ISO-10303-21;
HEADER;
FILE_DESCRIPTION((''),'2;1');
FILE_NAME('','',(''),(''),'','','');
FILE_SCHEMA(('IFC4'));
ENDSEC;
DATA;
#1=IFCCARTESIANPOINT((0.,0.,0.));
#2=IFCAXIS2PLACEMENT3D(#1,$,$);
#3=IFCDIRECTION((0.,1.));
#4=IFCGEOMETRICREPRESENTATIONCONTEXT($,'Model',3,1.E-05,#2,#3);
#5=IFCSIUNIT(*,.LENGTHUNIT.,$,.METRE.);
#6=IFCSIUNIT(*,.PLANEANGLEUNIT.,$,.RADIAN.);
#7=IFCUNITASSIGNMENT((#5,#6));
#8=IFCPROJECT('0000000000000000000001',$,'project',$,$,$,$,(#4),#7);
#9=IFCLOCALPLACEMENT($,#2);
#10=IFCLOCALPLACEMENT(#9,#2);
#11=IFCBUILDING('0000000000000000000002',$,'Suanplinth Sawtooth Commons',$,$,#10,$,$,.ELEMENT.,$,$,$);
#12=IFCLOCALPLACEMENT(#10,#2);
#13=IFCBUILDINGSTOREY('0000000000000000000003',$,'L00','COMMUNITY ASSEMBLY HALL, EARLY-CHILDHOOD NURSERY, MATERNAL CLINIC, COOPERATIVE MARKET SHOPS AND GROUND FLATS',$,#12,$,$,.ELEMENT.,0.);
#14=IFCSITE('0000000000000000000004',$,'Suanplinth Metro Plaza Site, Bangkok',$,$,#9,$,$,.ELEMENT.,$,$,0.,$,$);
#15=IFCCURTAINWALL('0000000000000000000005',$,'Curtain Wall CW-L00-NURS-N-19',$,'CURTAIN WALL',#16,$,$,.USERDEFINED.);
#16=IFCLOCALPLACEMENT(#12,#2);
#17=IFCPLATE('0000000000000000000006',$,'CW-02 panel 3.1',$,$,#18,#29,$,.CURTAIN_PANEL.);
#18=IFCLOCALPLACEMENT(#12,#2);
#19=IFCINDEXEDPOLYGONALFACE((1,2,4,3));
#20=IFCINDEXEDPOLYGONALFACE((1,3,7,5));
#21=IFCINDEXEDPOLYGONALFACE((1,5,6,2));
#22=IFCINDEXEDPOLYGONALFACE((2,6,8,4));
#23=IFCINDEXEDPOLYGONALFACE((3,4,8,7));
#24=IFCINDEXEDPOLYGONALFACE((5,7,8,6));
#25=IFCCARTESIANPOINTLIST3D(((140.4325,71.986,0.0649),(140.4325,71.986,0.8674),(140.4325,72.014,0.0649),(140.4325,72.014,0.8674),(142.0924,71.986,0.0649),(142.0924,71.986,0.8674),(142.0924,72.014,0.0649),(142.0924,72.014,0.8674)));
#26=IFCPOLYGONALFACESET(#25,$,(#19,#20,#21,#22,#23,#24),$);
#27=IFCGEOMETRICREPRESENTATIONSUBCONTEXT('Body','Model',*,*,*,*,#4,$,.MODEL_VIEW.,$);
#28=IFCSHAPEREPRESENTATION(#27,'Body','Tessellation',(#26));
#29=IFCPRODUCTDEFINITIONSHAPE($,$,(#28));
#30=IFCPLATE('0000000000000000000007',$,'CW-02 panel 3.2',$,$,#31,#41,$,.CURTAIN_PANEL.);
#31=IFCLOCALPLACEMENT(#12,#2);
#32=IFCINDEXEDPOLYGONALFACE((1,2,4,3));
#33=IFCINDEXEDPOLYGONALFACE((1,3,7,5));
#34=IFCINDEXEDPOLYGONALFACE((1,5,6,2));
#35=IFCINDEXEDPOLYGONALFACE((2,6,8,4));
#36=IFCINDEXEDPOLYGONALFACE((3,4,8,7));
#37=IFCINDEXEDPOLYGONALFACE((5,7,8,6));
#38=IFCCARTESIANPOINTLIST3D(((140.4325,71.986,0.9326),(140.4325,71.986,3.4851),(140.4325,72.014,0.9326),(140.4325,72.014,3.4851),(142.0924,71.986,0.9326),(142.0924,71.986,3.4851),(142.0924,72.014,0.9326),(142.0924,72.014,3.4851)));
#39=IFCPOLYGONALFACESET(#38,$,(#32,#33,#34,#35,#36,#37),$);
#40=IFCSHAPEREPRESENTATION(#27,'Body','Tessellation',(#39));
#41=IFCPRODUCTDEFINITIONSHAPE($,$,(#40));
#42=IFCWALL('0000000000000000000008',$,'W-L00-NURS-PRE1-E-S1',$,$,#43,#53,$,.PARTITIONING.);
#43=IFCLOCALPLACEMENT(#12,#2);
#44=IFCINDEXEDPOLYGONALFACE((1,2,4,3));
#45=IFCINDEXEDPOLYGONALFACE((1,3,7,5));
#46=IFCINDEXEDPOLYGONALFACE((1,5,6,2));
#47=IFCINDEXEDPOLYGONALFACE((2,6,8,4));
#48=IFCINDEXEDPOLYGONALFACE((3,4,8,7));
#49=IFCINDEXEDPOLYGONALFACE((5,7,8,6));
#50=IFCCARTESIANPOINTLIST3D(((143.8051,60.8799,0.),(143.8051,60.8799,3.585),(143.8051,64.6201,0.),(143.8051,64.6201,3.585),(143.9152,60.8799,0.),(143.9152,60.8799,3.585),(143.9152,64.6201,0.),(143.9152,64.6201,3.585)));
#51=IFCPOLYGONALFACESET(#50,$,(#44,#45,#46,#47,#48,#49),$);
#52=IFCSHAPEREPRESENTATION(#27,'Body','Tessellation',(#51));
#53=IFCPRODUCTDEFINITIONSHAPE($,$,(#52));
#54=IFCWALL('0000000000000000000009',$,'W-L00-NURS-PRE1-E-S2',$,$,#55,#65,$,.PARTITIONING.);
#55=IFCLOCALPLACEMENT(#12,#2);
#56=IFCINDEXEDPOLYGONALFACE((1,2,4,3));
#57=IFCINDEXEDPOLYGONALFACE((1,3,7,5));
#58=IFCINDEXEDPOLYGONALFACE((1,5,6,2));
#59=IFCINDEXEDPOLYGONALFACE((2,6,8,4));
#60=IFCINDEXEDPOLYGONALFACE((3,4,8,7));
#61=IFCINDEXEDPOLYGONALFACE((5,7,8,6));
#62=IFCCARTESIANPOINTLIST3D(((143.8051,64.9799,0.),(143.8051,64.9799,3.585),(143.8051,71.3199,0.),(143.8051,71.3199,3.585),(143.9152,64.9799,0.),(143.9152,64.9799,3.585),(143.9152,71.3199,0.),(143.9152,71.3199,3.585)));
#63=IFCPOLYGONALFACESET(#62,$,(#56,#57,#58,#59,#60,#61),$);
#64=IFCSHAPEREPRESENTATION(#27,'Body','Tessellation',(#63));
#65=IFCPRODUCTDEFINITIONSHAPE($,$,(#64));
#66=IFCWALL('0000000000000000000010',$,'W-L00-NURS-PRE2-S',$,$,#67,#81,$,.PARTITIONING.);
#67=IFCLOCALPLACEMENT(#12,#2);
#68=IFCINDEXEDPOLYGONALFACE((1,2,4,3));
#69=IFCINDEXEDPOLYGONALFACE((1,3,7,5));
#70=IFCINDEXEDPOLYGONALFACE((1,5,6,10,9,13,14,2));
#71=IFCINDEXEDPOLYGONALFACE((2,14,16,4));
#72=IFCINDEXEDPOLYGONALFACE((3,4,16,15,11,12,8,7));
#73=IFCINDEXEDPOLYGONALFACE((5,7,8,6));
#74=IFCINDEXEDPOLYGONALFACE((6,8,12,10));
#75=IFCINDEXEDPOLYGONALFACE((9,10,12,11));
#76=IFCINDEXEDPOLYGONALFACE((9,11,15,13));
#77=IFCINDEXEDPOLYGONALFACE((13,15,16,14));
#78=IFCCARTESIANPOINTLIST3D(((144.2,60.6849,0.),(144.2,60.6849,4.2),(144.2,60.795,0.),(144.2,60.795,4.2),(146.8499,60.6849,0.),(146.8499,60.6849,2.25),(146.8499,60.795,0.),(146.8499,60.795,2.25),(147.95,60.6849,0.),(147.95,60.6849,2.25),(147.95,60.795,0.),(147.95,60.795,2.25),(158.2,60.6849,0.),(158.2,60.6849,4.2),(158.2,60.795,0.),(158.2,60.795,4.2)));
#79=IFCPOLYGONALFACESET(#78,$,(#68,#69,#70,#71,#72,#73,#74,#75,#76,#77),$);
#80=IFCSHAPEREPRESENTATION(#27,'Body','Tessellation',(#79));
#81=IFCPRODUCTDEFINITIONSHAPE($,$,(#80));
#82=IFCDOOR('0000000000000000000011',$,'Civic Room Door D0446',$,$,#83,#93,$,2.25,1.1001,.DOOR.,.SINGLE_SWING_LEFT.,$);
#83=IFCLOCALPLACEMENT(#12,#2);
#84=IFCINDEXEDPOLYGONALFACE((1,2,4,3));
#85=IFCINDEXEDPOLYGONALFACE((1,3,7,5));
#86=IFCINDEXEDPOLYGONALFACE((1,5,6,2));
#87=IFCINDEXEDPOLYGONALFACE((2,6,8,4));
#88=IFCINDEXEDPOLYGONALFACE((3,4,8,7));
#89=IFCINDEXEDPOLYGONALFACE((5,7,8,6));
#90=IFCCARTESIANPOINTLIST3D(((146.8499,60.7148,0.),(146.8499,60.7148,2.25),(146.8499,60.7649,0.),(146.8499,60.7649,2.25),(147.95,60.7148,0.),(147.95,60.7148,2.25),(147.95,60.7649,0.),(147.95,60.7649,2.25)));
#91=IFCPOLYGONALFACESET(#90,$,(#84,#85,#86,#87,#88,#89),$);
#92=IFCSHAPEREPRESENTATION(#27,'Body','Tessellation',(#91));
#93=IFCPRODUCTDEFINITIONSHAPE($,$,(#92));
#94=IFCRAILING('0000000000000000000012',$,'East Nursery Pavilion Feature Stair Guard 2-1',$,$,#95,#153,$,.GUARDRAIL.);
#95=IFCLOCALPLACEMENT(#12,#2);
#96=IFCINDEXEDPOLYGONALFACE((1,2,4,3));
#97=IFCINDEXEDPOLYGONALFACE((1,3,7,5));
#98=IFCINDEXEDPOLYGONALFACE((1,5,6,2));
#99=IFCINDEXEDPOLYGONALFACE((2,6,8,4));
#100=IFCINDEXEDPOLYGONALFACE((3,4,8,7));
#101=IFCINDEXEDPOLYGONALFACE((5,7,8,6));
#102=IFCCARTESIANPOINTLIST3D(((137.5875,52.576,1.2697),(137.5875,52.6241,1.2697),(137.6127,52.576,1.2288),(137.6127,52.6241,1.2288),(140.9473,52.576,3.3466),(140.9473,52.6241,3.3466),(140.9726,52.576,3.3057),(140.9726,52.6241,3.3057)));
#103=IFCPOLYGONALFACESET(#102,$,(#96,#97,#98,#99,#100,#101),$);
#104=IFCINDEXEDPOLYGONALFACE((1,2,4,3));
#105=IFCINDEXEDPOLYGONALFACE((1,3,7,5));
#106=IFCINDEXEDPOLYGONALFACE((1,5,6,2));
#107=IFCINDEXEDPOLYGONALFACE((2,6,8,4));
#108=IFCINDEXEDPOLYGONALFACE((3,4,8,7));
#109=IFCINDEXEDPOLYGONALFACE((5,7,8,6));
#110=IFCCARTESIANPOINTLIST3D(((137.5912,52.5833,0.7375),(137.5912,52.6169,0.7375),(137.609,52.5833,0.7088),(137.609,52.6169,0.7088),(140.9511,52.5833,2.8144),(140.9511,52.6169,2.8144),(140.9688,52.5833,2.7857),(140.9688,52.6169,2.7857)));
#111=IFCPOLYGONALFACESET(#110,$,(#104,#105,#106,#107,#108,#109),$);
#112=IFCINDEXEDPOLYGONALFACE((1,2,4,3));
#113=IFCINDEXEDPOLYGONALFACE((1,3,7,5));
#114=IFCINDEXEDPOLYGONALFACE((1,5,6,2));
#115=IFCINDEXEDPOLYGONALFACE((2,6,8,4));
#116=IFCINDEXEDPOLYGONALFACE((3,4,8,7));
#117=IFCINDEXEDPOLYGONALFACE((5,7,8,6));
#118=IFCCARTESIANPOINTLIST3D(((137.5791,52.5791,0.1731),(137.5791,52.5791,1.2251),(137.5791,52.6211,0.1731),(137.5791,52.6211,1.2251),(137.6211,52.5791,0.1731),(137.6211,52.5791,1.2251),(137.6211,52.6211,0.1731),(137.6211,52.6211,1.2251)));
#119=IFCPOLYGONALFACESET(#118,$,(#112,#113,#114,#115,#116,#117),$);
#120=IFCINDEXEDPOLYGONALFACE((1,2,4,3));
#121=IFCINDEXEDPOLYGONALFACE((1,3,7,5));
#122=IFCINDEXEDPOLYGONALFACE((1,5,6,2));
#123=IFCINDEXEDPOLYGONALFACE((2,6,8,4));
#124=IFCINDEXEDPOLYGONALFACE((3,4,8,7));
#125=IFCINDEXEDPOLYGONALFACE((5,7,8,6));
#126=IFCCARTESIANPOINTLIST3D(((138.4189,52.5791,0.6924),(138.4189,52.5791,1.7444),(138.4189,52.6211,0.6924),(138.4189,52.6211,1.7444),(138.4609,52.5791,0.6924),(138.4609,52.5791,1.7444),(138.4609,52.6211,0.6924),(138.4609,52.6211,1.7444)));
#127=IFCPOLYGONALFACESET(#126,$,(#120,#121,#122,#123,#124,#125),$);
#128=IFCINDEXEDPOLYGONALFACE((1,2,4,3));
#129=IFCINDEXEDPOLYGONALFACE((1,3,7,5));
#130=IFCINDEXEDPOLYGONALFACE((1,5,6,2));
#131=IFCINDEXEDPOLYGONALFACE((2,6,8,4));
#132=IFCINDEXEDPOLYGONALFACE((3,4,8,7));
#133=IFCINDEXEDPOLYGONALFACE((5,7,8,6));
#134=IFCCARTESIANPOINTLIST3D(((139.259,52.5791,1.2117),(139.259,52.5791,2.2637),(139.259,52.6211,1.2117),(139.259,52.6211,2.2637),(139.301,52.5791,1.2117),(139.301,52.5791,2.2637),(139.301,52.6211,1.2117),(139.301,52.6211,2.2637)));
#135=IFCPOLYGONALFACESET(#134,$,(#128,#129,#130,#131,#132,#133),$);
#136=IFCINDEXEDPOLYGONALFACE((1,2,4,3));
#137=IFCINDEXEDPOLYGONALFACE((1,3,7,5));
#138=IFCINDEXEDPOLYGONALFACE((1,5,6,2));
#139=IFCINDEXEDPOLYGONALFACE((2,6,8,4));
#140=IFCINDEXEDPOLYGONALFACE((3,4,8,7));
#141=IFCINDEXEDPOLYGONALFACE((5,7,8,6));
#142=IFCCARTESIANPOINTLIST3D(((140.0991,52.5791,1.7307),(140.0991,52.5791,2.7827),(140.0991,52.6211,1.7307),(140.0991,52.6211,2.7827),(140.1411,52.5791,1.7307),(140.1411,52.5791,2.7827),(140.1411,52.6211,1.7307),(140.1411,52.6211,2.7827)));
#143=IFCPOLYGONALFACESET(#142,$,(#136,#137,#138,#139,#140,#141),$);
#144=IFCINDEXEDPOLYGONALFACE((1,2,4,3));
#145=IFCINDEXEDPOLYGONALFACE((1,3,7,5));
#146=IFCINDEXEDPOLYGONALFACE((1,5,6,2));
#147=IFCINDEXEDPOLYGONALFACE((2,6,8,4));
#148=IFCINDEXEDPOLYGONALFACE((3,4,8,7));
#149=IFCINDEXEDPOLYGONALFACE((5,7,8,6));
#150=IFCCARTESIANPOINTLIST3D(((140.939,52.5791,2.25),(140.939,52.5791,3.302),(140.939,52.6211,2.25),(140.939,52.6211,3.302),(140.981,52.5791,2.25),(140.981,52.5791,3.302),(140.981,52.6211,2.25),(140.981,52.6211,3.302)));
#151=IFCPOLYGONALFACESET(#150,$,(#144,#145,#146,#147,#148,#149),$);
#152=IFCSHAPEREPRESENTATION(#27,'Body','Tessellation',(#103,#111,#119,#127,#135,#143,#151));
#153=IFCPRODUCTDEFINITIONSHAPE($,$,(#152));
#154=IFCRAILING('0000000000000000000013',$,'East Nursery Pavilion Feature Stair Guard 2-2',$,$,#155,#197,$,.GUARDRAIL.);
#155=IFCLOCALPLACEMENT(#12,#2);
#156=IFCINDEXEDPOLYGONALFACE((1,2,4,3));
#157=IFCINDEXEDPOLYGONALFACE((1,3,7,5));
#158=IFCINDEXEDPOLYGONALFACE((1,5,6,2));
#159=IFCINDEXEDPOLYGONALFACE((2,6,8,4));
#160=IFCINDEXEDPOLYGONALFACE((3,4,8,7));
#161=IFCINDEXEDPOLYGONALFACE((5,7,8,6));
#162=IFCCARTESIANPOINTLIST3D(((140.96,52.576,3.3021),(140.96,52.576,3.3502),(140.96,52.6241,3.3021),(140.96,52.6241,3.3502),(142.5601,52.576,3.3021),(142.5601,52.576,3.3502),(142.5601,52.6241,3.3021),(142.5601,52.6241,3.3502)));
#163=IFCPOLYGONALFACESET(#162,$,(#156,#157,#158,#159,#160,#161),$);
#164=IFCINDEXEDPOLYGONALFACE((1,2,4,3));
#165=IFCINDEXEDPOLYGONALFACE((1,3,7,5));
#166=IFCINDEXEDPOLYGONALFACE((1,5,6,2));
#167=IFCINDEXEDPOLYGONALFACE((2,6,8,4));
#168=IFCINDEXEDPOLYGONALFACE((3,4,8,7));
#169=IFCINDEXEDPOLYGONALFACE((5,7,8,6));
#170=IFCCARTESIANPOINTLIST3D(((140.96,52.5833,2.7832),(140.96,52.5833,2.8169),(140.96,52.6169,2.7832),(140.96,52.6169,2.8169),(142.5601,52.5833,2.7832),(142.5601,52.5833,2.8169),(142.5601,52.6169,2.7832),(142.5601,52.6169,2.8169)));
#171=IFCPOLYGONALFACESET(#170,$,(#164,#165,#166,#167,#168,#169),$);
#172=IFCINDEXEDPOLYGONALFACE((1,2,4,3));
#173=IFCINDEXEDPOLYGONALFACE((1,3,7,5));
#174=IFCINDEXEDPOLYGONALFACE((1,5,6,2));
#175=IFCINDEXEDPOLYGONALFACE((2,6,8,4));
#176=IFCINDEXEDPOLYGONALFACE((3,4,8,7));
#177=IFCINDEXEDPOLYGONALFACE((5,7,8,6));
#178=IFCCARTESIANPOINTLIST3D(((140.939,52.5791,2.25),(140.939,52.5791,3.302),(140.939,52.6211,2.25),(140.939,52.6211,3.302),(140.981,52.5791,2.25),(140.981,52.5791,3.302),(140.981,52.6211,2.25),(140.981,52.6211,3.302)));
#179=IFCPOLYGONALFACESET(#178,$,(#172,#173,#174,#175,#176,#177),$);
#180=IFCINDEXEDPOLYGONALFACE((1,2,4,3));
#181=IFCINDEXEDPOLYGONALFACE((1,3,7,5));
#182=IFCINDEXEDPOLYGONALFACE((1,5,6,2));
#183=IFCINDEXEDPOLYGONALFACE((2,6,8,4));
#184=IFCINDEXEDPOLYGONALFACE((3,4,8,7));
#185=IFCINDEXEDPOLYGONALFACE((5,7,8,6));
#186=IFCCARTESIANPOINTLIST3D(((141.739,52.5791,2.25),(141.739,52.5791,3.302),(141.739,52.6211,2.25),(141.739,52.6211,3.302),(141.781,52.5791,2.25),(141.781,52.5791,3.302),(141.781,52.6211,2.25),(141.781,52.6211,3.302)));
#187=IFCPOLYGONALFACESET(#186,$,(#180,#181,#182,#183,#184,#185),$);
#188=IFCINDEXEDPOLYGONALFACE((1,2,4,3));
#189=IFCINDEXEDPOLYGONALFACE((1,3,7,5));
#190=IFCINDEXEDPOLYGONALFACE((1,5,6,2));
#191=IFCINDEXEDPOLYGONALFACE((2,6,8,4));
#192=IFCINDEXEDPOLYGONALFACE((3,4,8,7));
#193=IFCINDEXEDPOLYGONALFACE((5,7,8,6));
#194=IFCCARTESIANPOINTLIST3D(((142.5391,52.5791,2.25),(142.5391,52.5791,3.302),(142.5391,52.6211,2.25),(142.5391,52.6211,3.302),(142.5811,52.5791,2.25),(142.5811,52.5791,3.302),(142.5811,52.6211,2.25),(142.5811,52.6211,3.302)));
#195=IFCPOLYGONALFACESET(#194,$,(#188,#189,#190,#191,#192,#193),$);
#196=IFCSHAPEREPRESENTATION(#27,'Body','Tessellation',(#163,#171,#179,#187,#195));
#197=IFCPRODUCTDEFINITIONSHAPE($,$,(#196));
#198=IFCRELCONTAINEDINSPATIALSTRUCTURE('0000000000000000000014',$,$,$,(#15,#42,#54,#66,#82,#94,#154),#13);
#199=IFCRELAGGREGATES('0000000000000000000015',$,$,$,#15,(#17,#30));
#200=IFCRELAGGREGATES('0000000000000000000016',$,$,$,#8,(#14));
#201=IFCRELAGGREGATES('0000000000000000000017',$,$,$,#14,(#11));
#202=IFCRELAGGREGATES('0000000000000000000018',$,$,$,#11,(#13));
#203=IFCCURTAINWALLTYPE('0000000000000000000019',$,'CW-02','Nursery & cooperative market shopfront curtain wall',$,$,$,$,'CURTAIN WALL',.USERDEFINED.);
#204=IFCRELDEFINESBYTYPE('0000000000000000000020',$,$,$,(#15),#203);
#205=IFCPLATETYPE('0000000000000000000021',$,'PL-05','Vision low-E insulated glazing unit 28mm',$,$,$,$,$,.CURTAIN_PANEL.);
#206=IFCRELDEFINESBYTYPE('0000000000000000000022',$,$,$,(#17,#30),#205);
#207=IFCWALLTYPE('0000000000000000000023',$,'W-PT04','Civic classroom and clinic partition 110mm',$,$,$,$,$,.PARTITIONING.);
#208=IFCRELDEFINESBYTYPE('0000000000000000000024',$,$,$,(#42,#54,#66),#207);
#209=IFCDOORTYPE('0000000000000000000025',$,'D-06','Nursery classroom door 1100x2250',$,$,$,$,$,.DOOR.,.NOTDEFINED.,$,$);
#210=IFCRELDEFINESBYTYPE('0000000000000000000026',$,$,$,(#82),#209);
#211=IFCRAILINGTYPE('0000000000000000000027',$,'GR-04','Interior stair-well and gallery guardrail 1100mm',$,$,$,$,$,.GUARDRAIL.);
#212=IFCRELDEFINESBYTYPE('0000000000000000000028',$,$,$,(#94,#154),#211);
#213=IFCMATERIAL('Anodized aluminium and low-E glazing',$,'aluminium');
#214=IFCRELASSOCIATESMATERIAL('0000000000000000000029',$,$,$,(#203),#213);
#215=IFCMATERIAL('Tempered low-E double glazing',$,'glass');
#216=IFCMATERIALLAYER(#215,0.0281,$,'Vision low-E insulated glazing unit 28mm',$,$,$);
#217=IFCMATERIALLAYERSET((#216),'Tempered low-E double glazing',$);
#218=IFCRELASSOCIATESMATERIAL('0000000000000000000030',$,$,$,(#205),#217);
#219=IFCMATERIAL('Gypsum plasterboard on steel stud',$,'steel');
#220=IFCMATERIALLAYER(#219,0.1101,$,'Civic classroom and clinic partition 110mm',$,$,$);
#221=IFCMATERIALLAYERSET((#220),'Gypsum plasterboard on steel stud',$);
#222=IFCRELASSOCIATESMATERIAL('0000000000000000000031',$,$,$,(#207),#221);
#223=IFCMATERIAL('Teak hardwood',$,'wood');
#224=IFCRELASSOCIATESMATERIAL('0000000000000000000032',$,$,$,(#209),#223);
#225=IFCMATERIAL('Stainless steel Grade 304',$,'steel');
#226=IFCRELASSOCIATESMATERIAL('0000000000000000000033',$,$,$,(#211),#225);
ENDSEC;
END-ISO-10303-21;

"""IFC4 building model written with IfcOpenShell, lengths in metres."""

from ifc_helpers import new_model, si_unit, direction, frame, frame_2d, origin, origin_2d, place, context, subcontext, project, spatial, rectangle, extrude, material, layer, layer_set, type_object, element, fill, aggregate, save


model = new_model("IFC4")

# Units and contexts
model_context = context("Model", 3, precision=1e-05, world=origin(), true_north=direction((0.0, 1.0)))
body_context = subcontext(model_context, "Body", "Model", "MODEL_VIEW")
ifc_project = project(units=[si_unit("LENGTHUNIT", "METRE"), si_unit("PLANEANGLEUNIT", "RADIAN")], contexts=[model_context])

# Site, building, storey
site_placement = place(None, origin())
site = spatial("IfcSite", under=ifc_project, at=site_placement, Name="Suanplinth Metro Plaza Site, Bangkok", CompositionType="ELEMENT", RefElevation=0.0)
building_placement = place(site_placement, origin())
building = spatial("IfcBuilding", under=site, at=building_placement, Name="Suanplinth Sawtooth Commons", CompositionType="ELEMENT")
storey_placement = place(building_placement, origin())
storey = spatial("IfcBuildingStorey", under=building, at=storey_placement, Name="L00", Description="COMMUNITY ASSEMBLY HALL, EARLY-CHILDHOOD NURSERY, MATERNAL CLINIC, COOPERATIVE MARKET SHOPS AND GROUND FLATS", CompositionType="ELEMENT", Elevation=0.0)

# Curtain wall, plates
ifc_material_1 = material(Name="Anodized aluminium and low-E glazing", Category="aluminium")
curtain_wall_type = type_object("IfcCurtainWallType", Name="CW-02", Description="Nursery & cooperative market shopfront curtain wall", ElementType="CURTAIN WALL", PredefinedType="USERDEFINED", material=ifc_material_1)
curtain_wall_placement = place(storey_placement, origin())
curtain_wall = element("IfcCurtainWall", 1, at=curtain_wall_placement, inside=storey, type_object=curtain_wall_type, Name="Curtain Wall CW-L00-NURS-N-19", ObjectType="CURTAIN WALL", PredefinedType="USERDEFINED")
ifc_material_2 = material(Name="Tempered low-E double glazing", Category="glass")
ifc_layer_1 = layer(ifc_material_2, 0.0281, Name="Vision low-E insulated glazing unit 28mm")
ifc_layer_set_1 = layer_set([ifc_layer_1], Name="Tempered low-E double glazing")
plate_type = type_object("IfcPlateType", Name="PL-05", Description="Vision low-E insulated glazing unit 28mm", PredefinedType="CURTAIN_PANEL", material=ifc_layer_set_1)
plate_1_placement = place(storey_placement, frame((141.2625, 72.0, 0.0649), z_axis=(0.0, 0.0, 1.0), x_axis=(1.0, 0.0, 0.0)))
plate_1 = element("IfcPlate", 2, at=plate_1_placement, type_object=plate_type, Name="CW-02 panel 3.1", PredefinedType="CURTAIN_PANEL", context=body_context, shape_type="SweptSolid", body=[
    extrude(rectangle(XDim=1.6599, YDim=0.0281, at=origin_2d()), origin(), (0.0, 0.0, 1.0), 0.8025),
])
plate_2_placement = place(storey_placement, frame((141.2625, 72.0, 0.9326), z_axis=(0.0, 0.0, 1.0), x_axis=(1.0, 0.0, 0.0)))
plate_2 = element("IfcPlate", 3, at=plate_2_placement, type_object=plate_type, Name="CW-02 panel 3.2", PredefinedType="CURTAIN_PANEL", context=body_context, shape_type="SweptSolid", body=[
    extrude(rectangle(XDim=1.6599, YDim=0.0281, at=origin_2d()), origin(), (0.0, 0.0, 1.0), 2.5525),
])
aggregate(curtain_wall, [plate_1, plate_2])

# Walls
ifc_material_3 = material(Name="Gypsum plasterboard on steel stud", Category="steel")
ifc_layer_2 = layer(ifc_material_3, 0.1101, Name="Civic classroom and clinic partition 110mm")
ifc_layer_set_2 = layer_set([ifc_layer_2], Name="Gypsum plasterboard on steel stud")
wall_type = type_object("IfcWallType", Name="W-PT04", Description="Civic classroom and clinic partition 110mm", PredefinedType="PARTITIONING", material=ifc_layer_set_2)
wall_1_placement = place(storey_placement, frame((143.8601, 60.8799, 0.0), z_axis=(0.0, 0.0, 1.0), x_axis=(0.0, 1.0, 0.0)))
element("IfcWall", 4, at=wall_1_placement, inside=storey, type_object=wall_type, Name="W-L00-NURS-PRE1-E-S1", PredefinedType="PARTITIONING", context=body_context, shape_type="SweptSolid", body=[
    extrude(rectangle(XDim=3.7402, YDim=0.1101, at=frame_2d((1.8701, 0.0))), origin(), (0.0, 0.0, 1.0), 3.585),
])
wall_2_placement = place(storey_placement, frame((143.8601, 64.98, 0.0), z_axis=(0.0, 0.0, 1.0), x_axis=(0.0, 1.0, 0.0)))
element("IfcWall", 5, at=wall_2_placement, inside=storey, type_object=wall_type, Name="W-L00-NURS-PRE1-E-S2", PredefinedType="PARTITIONING", context=body_context, shape_type="SweptSolid", body=[
    extrude(rectangle(XDim=6.3401, YDim=0.1101, at=frame_2d((3.1699, 0.0))), origin(), (0.0, 0.0, 1.0), 3.585),
])

# Wall, opening, door
wall_3_placement = place(storey_placement, frame((144.2, 60.74, 0.0), z_axis=(0.0, 0.0, 1.0), x_axis=(1.0, 0.0, 0.0)))
wall_3 = element("IfcWall", 6, at=wall_3_placement, inside=storey, type_object=wall_type, Name="W-L00-NURS-PRE2-S", PredefinedType="PARTITIONING", context=body_context, shape_type="SweptSolid", body=[
    extrude(rectangle(XDim=14.0, YDim=0.1101, at=frame_2d((7.0, 0.0))), origin(), (0.0, 0.0, 1.0), 4.2),
])
opening_placement = place(wall_3_placement, frame((2.6499, 0.0, 0.0)))
opening = element("IfcOpeningElement", 7, at=opening_placement, cuts=wall_3, PredefinedType="OPENING", context=body_context, shape_type="SweptSolid", body=[
    extrude(rectangle(XDim=1.1001, YDim=2.25, at=frame_2d((0.55, 1.125))), frame((0.0, 0.0698, 0.0), z_axis=(0.0, -1.0, 0.0), x_axis=(1.0, 0.0, 0.0)), (0.0, 0.0, 1.0), 0.1399),
])
ifc_material_4 = material(Name="Teak hardwood", Category="wood")
door_type = type_object("IfcDoorType", Name="D-06", Description="Nursery classroom door 1100x2250", OperationType="NOTDEFINED", PredefinedType="DOOR", material=ifc_material_4)
door_placement = place(opening_placement, origin())
door = element("IfcDoor", 8, at=door_placement, inside=storey, type_object=door_type, Name="Civic Room Door D0446", OperationType="SINGLE_SWING_LEFT", OverallHeight=2.25, OverallWidth=1.1001, PredefinedType="DOOR", context=body_context, shape_type="SweptSolid", body=[
    extrude(rectangle(XDim=1.1001, YDim=2.25, at=frame_2d((0.55, 1.125))), frame((0.0, 0.0249, 0.0), z_axis=(0.0, -1.0, 0.0), x_axis=(1.0, 0.0, 0.0)), (0.0, 0.0, 1.0), 0.05),
])
fill(opening, door)

# Railings
ifc_material_5 = material(Name="Stainless steel Grade 304", Category="steel")
railing_type_1 = type_object("IfcRailingType", Name="GR-04", Description="Interior stair-well and gallery guardrail 1100mm", PredefinedType="GUARDRAIL", material=ifc_material_5)
railing_1_placement = place(storey_placement, frame((137.6001, 52.6001, 0.1731)))
element("IfcRailing", 9, at=railing_1_placement, inside=storey, type_object=railing_type_1, Name="East Nursery Pavilion Feature Stair Guard 2-1", PredefinedType="GUARDRAIL", context=body_context, shape_type="SweptSolid", body=[
    extrude(rectangle(XDim=0.0481, YDim=0.0481, at=origin_2d()), frame((0.0, 0.0, 1.0762), z_axis=(0.850606, 0.0, 0.525803), x_axis=(0.0, 1.0, 0.0)), (0.0, 0.0, 1.0), 3.95),
    extrude(rectangle(XDim=0.0337, YDim=0.0337, at=origin_2d()), frame((0.0, 0.0, 0.55), z_axis=(0.850606, 0.0, 0.525803), x_axis=(0.0, 1.0, 0.0)), (0.0, 0.0, 1.0), 3.95),
    extrude(rectangle(XDim=0.042, YDim=0.042, at=origin_2d()), origin(), (0.0, 0.0, 1.0), 1.052),
    extrude(rectangle(XDim=0.042, YDim=0.042, at=origin_2d()), frame((0.8398, 0.0, 0.5193)), (0.0, 0.0, 1.0), 1.052),
    extrude(rectangle(XDim=0.042, YDim=0.042, at=origin_2d()), frame((1.6799, 0.0, 1.0386)), (0.0, 0.0, 1.0), 1.052),
    extrude(rectangle(XDim=0.042, YDim=0.042, at=origin_2d()), frame((2.52, 0.0, 1.5576)), (0.0, 0.0, 1.0), 1.052),
    extrude(rectangle(XDim=0.042, YDim=0.042, at=origin_2d()), frame((3.3599, 0.0, 2.0769)), (0.0, 0.0, 1.0), 1.052),
])
railing_2_placement = place(storey_placement, frame((140.96, 52.6001, 2.25)))
element("IfcRailing", 10, at=railing_2_placement, inside=storey, type_object=railing_type_1, Name="East Nursery Pavilion Feature Stair Guard 2-2", PredefinedType="GUARDRAIL", context=body_context, shape_type="SweptSolid", body=[
    extrude(rectangle(XDim=0.0481, YDim=0.0481, at=origin_2d()), frame((0.0, 0.0, 1.0762), z_axis=(1.0, 0.0, 0.0), x_axis=(0.0, 1.0, 0.0)), (0.0, 0.0, 1.0), 1.6001),
    extrude(rectangle(XDim=0.0337, YDim=0.0337, at=origin_2d()), frame((0.0, 0.0, 0.55), z_axis=(1.0, 0.0, 0.0), x_axis=(0.0, 1.0, 0.0)), (0.0, 0.0, 1.0), 1.6001),
    extrude(rectangle(XDim=0.042, YDim=0.042, at=origin_2d()), origin(), (0.0, 0.0, 1.0), 1.052),
    extrude(rectangle(XDim=0.042, YDim=0.042, at=origin_2d()), frame((0.8, 0.0, 0.0)), (0.0, 0.0, 1.0), 1.052),
    extrude(rectangle(XDim=0.042, YDim=0.042, at=origin_2d()), frame((1.6001, 0.0, 0.0)), (0.0, 0.0, 1.0), 1.052),
])

save(model, "model.ifc")
